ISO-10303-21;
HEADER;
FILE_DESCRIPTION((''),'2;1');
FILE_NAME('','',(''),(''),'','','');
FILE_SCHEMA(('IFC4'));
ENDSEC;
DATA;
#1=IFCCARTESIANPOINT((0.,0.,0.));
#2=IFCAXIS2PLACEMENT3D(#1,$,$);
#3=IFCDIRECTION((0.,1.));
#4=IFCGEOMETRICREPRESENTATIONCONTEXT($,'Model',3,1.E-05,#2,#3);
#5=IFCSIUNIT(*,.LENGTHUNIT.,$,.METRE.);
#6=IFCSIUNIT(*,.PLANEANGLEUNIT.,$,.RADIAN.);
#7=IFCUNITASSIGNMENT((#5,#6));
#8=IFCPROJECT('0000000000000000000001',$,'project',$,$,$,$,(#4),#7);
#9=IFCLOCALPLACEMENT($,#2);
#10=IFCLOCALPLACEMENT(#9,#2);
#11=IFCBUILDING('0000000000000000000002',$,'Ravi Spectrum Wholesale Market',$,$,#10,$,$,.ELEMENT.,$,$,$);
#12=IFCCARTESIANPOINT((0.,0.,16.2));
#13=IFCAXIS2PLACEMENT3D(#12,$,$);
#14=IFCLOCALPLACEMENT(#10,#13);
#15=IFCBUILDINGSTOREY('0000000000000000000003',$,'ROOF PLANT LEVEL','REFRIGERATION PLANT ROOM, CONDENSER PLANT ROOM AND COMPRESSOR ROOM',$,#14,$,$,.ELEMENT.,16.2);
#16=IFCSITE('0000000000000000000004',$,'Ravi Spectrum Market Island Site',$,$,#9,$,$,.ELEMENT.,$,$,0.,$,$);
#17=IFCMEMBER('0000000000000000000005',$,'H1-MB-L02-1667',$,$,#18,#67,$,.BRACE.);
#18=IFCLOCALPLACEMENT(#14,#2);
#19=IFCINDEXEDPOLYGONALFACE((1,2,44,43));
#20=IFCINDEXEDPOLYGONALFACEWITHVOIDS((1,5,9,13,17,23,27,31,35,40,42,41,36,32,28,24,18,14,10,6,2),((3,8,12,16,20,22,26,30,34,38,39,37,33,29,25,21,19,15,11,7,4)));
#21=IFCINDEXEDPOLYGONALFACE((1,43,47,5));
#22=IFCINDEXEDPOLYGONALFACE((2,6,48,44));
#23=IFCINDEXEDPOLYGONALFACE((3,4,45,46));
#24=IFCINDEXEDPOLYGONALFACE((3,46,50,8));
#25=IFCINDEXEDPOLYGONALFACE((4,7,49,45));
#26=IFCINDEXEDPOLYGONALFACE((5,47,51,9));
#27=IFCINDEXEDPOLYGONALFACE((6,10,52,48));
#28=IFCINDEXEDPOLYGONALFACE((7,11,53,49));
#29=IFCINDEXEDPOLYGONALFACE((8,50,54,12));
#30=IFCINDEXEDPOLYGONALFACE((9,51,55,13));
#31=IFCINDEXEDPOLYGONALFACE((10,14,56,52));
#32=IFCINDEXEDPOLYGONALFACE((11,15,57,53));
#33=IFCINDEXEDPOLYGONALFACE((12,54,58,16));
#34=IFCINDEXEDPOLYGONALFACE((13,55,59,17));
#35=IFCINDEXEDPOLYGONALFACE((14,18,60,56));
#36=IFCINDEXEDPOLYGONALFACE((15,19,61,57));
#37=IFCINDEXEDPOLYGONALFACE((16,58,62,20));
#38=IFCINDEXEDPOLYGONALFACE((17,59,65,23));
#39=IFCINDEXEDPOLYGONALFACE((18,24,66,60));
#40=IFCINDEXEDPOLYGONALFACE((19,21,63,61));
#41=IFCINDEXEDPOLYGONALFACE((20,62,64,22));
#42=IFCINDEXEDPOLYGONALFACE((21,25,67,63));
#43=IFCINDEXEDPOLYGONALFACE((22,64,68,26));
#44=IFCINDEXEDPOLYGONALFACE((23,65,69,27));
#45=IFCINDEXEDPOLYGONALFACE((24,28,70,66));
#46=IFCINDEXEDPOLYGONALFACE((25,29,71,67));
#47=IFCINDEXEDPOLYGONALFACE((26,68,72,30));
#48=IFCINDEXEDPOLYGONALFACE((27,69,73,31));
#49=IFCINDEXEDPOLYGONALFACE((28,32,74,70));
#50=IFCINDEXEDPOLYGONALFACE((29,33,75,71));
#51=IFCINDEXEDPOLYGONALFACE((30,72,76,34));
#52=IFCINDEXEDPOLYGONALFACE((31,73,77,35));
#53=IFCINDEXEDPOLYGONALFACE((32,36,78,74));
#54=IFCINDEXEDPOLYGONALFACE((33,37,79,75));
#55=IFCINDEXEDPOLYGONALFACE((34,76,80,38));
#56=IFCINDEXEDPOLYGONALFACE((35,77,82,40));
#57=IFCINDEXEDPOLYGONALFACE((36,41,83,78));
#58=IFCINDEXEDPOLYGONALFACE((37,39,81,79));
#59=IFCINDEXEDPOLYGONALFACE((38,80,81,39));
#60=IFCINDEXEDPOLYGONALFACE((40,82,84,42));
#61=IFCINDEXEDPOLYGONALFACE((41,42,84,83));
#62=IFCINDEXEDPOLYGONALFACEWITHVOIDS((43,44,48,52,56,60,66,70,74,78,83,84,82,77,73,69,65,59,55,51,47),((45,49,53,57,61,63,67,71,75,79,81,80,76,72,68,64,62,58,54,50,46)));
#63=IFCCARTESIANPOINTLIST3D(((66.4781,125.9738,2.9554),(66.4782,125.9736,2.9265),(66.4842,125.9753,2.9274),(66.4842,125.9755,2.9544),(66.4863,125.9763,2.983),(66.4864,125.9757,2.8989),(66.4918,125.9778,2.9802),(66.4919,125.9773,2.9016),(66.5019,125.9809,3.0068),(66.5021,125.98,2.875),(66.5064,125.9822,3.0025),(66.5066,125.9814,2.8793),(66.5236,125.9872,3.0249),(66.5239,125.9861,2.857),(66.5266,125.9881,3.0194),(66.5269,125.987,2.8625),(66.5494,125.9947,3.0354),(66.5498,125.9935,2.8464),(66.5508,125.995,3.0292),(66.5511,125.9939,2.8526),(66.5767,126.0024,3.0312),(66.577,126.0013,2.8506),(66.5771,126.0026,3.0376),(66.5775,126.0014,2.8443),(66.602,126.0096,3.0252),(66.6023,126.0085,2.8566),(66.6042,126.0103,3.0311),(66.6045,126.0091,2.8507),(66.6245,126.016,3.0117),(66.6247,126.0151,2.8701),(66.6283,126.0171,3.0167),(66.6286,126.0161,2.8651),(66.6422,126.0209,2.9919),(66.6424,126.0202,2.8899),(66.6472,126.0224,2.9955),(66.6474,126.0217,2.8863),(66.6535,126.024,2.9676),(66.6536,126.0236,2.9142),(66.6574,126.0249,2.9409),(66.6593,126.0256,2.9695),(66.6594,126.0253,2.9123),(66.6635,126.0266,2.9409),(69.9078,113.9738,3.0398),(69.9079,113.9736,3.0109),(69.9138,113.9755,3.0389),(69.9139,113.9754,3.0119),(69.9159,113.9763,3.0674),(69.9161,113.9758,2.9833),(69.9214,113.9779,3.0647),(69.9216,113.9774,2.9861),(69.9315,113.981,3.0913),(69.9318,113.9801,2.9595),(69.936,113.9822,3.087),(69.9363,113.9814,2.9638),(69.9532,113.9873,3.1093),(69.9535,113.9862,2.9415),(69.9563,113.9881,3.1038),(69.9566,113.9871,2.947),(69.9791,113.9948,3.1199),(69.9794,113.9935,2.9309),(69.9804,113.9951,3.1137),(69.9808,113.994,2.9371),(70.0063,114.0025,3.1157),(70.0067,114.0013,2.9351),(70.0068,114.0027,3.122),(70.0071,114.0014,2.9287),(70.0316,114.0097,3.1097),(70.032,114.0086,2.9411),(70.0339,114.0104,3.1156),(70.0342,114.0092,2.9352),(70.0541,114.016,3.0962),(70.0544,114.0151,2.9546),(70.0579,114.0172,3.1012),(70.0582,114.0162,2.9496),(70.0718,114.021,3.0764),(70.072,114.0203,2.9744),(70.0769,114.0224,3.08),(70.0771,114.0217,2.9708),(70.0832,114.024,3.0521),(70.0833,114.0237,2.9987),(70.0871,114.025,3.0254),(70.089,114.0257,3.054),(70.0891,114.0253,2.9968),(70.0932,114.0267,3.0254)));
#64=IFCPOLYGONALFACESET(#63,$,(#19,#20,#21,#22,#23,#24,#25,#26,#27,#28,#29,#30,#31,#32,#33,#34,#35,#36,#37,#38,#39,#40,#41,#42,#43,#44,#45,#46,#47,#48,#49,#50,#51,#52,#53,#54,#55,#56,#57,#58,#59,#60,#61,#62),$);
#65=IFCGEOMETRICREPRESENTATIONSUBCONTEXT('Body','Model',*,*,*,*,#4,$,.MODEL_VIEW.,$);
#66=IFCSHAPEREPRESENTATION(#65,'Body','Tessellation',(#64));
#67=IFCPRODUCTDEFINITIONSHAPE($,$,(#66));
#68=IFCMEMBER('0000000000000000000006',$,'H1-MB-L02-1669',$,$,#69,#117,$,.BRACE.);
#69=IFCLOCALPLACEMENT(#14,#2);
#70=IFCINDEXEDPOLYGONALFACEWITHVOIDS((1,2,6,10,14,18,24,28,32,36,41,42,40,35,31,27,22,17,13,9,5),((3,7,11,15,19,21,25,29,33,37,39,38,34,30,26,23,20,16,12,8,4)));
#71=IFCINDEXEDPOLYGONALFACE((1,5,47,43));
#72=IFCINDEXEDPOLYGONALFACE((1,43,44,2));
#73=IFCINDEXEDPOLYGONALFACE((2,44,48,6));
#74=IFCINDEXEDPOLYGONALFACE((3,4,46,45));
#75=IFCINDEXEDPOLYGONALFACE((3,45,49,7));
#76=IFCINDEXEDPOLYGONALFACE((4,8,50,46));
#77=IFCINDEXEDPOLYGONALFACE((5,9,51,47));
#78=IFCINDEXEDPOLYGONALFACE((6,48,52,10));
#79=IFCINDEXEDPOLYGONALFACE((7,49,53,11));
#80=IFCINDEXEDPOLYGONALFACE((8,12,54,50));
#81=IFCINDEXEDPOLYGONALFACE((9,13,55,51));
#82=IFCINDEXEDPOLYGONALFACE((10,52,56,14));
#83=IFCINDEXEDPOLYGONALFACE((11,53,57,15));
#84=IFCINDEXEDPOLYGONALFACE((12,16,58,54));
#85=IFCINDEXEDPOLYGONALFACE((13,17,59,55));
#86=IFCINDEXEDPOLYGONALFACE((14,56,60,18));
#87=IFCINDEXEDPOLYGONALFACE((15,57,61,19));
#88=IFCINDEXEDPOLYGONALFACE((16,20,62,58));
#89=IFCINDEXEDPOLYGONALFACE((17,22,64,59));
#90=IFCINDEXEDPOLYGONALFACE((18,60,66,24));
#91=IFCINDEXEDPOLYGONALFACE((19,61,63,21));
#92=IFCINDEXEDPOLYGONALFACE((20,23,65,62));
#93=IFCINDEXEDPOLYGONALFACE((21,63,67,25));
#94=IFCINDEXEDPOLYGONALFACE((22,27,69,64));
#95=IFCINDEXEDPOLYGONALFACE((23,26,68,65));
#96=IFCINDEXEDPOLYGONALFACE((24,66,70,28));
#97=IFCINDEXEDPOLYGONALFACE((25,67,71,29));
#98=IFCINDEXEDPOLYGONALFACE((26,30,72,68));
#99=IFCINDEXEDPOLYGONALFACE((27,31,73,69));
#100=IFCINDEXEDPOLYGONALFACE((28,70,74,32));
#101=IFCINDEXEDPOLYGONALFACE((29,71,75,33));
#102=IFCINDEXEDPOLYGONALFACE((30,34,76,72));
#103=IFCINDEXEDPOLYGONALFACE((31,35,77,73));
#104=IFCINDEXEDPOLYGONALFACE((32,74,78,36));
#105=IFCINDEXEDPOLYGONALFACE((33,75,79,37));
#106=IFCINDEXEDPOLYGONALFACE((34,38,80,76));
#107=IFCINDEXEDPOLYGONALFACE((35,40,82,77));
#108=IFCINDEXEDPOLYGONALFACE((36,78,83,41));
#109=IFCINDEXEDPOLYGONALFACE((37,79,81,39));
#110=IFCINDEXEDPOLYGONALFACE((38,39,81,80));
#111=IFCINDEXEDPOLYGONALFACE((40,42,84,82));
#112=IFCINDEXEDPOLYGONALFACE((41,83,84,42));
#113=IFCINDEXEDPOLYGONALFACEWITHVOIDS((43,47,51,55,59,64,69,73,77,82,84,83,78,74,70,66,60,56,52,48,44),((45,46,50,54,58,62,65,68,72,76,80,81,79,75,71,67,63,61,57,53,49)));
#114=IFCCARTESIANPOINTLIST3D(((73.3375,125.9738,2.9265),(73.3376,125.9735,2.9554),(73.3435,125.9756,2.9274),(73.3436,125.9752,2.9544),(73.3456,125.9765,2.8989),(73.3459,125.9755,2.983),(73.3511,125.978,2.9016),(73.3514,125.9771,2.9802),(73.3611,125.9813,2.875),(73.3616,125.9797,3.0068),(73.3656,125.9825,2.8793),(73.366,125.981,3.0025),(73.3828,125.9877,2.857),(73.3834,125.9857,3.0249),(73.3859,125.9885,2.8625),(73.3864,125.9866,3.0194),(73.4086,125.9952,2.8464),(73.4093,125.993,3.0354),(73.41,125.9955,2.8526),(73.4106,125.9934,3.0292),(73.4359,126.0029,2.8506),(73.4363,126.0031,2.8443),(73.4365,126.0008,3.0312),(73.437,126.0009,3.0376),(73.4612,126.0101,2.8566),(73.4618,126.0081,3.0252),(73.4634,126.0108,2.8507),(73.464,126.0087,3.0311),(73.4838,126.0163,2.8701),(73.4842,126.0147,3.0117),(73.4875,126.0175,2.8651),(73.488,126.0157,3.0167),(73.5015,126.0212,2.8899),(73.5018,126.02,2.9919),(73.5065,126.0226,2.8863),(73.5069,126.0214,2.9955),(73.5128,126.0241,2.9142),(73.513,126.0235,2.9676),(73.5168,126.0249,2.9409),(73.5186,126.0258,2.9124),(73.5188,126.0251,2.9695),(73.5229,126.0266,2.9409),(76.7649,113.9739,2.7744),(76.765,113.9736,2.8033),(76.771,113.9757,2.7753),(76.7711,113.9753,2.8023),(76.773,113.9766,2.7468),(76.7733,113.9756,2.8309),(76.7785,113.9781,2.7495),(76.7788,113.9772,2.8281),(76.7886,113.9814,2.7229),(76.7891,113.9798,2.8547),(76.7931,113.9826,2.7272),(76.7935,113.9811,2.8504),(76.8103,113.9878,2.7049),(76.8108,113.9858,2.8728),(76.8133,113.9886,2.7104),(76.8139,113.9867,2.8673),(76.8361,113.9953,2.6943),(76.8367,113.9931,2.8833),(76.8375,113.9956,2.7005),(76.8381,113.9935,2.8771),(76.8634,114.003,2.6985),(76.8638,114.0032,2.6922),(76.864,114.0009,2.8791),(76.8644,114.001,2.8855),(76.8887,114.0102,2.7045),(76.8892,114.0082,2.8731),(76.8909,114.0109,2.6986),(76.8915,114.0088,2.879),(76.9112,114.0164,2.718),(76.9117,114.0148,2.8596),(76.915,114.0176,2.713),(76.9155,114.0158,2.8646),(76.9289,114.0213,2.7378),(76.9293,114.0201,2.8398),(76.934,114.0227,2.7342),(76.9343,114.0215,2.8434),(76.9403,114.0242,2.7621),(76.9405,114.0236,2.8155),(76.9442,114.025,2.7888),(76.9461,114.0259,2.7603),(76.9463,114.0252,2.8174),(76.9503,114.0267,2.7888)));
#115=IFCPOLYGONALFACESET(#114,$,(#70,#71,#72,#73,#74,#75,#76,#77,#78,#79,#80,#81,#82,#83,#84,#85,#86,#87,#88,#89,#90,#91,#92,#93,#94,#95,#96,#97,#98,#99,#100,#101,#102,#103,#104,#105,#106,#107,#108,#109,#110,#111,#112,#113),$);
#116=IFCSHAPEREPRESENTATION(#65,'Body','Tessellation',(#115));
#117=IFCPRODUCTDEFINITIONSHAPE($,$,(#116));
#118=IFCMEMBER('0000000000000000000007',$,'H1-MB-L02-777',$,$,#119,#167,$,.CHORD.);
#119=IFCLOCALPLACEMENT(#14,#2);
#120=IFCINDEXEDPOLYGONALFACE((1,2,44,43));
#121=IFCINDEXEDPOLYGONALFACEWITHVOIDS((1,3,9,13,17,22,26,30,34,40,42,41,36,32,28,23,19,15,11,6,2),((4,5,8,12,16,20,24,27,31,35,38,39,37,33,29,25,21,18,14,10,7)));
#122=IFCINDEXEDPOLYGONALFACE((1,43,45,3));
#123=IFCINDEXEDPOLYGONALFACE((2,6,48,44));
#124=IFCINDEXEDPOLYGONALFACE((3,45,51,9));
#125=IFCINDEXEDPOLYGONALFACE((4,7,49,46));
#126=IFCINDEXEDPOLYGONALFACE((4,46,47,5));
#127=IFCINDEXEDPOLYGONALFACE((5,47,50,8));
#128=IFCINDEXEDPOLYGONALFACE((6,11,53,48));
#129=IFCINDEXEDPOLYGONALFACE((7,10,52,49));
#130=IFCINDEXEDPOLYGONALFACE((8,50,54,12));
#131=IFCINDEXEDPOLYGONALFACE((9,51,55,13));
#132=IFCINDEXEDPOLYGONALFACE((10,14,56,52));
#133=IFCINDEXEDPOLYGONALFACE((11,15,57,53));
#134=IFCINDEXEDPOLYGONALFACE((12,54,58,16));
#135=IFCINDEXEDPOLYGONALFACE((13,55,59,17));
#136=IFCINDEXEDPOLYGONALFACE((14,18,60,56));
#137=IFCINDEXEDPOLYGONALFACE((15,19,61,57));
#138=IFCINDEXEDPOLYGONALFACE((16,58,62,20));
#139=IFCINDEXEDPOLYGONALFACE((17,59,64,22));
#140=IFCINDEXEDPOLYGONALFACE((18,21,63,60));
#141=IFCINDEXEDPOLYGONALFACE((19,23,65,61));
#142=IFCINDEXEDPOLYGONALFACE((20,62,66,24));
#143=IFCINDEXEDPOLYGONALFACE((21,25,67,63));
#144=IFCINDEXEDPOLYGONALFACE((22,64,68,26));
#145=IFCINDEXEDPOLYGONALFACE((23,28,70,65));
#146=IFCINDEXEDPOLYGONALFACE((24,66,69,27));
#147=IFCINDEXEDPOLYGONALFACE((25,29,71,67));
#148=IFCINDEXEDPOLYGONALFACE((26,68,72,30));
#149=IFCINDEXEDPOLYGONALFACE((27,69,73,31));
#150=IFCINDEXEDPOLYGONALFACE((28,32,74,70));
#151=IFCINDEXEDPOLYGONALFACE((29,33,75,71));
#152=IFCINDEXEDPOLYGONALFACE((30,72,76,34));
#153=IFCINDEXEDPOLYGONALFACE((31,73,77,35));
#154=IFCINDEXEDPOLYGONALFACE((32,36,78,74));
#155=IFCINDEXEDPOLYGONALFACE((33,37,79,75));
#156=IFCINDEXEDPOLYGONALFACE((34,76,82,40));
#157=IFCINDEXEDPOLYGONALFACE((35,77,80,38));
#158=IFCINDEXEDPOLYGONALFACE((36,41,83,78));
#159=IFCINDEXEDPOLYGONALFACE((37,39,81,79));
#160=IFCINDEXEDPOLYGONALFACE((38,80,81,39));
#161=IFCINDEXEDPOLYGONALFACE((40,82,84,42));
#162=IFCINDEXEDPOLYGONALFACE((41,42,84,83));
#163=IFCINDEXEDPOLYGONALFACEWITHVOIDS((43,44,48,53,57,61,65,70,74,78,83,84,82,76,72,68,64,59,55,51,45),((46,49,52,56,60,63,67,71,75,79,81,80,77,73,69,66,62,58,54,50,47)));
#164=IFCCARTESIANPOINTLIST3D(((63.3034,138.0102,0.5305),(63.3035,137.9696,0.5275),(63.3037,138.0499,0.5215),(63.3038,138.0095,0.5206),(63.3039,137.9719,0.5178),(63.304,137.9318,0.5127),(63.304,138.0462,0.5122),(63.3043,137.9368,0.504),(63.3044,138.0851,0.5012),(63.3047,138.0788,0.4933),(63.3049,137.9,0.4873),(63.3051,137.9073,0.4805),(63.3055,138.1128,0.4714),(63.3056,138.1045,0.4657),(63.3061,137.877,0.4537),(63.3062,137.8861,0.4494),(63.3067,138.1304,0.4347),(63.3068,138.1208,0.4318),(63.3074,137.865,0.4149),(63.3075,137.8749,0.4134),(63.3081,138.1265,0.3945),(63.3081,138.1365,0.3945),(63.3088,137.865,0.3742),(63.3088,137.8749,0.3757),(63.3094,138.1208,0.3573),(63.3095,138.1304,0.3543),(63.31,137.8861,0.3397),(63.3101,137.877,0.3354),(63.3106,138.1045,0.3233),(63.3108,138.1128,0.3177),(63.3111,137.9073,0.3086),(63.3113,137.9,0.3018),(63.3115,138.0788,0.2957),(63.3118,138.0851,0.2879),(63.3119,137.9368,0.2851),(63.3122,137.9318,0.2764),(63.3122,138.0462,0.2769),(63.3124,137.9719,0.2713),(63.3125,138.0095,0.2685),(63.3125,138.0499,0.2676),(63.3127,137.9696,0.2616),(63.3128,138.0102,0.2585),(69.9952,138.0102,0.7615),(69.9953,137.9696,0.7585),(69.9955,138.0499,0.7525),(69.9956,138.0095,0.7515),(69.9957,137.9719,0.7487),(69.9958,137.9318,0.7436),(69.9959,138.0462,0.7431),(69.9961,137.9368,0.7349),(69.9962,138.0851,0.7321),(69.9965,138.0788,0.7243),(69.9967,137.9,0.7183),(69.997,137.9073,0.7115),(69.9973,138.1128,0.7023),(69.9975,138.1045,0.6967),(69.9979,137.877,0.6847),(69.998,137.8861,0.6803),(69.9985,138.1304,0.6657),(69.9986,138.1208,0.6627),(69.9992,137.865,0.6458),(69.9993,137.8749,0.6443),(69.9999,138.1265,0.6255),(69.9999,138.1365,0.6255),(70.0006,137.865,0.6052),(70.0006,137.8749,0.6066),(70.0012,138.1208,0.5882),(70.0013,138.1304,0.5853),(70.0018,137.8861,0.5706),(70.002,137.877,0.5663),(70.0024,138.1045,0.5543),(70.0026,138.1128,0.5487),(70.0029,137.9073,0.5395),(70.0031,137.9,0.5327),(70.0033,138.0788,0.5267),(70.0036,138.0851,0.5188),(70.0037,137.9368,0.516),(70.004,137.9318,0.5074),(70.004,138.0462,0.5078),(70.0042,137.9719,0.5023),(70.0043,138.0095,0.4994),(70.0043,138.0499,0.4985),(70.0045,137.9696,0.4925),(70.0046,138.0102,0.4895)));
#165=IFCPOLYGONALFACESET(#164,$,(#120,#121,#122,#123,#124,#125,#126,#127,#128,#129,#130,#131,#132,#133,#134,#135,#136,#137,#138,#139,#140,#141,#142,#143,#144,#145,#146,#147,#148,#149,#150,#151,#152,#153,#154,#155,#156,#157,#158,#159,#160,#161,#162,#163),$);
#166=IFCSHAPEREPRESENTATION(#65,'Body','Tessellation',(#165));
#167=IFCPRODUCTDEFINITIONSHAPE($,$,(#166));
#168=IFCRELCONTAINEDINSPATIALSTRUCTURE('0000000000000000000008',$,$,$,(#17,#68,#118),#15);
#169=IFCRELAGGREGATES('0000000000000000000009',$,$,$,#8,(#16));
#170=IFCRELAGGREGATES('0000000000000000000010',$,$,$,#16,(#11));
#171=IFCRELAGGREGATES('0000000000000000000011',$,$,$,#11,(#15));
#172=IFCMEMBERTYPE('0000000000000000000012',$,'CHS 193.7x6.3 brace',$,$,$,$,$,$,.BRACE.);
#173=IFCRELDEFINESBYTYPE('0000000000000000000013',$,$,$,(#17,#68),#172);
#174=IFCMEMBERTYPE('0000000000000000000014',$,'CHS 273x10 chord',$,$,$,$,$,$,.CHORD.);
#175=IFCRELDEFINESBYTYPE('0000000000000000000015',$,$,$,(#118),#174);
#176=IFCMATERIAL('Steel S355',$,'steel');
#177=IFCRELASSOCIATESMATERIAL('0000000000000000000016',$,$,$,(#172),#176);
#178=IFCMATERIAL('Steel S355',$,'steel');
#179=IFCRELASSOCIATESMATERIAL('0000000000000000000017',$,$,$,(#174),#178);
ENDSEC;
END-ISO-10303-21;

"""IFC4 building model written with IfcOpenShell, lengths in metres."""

from ifc_helpers import new_model, si_unit, direction, frame, origin, origin_2d, place, context, subcontext, project, spatial, hollow_circle, extrude, material, material_profile, profile_set, type_object, element, save


model = new_model("IFC4")

# Units and contexts
model_context = context("Model", 3, precision=1e-05, world=origin(), true_north=direction((0.0, 1.0)))
body_context = subcontext(model_context, "Body", "Model", "MODEL_VIEW")
ifc_project = project(units=[si_unit("LENGTHUNIT", "METRE"), si_unit("PLANEANGLEUNIT", "RADIAN")], contexts=[model_context])

# Site, building, storey
site_placement = place(None, origin())
site = spatial("IfcSite", under=ifc_project, at=site_placement, Name="Ravi Spectrum Market Island Site", CompositionType="ELEMENT", RefElevation=0.0)
building_placement = place(site_placement, origin())
building = spatial("IfcBuilding", under=site, at=building_placement, Name="Ravi Spectrum Wholesale Market", CompositionType="ELEMENT")
storey_placement = place(building_placement, frame((0.0, 0.0, 16.2)))
storey = spatial("IfcBuildingStorey", under=building, at=storey_placement, Name="ROOF PLANT LEVEL", Description="REFRIGERATION PLANT ROOM, CONDENSER PLANT ROOM AND COMPRESSOR ROOM", CompositionType="ELEMENT", Elevation=16.2)

# Members
ifc_material_1 = material(Name="Steel S355", Category="steel")
ifc_material_profile_1 = material_profile(ifc_material_1, hollow_circle(Radius=0.0969, WallThickness=0.0063, at=origin_2d()))
ifc_profile_set_1 = profile_set([ifc_material_profile_1], Name="Steel S355")
member_type_1 = type_object("IfcMemberType", Name="CHS 193.7x6.3 brace", PredefinedType="BRACE", material=ifc_profile_set_1)
for number, where, z_axis, x_axis, name in (
    (1, (66.5703, 126.0, 2.9409), (0.274798, -0.961478, 0.006768), (0.9615, 0.274804, 0.0), "H1-MB-L02-1667"),
    (2, (73.4297, 126.0, 2.9409), (0.274621, -0.961475, -0.012187), (0.961547, 0.274641, 0.0), "H1-MB-L02-1669"),
):
    element("IfcMember", number, at=place(storey_placement, frame(where, z_axis=z_axis, x_axis=x_axis)), inside=storey, type_object=member_type_1, Name=name, PredefinedType="BRACE", context=body_context, shape_type="SweptSolid", body=[
        extrude(hollow_circle(Radius=0.0969, WallThickness=0.0063, at=origin_2d()), origin(), (0.0, 0.0, 1.0), 12.4807),
    ])
ifc_material_2 = material(Name="Steel S355", Category="steel")
ifc_material_profile_2 = material_profile(ifc_material_2, hollow_circle(Radius=0.1365, WallThickness=0.01, at=origin_2d()))
ifc_profile_set_2 = profile_set([ifc_material_profile_2], Name="Steel S355")
member_type_2 = type_object("IfcMemberType", Name="CHS 273x10 chord", PredefinedType="CHORD", material=ifc_profile_set_2)
for number, where, z_axis, x_axis, name in (
    (3, (63.3081, 138.0, 0.3945), (0.999405, 0.0, 0.034492), (0.0, 1.0, 0.0), "H1-MB-L02-777"),
):
    element("IfcMember", number, at=place(storey_placement, frame(where, z_axis=z_axis, x_axis=x_axis)), inside=storey, type_object=member_type_2, Name=name, PredefinedType="CHORD", context=body_context, shape_type="SweptSolid", body=[
        extrude(hollow_circle(Radius=0.1365, WallThickness=0.01, at=origin_2d()), origin(), (0.0, 0.0, 1.0), 6.6958),
    ])

save(model, "model.ifc")
